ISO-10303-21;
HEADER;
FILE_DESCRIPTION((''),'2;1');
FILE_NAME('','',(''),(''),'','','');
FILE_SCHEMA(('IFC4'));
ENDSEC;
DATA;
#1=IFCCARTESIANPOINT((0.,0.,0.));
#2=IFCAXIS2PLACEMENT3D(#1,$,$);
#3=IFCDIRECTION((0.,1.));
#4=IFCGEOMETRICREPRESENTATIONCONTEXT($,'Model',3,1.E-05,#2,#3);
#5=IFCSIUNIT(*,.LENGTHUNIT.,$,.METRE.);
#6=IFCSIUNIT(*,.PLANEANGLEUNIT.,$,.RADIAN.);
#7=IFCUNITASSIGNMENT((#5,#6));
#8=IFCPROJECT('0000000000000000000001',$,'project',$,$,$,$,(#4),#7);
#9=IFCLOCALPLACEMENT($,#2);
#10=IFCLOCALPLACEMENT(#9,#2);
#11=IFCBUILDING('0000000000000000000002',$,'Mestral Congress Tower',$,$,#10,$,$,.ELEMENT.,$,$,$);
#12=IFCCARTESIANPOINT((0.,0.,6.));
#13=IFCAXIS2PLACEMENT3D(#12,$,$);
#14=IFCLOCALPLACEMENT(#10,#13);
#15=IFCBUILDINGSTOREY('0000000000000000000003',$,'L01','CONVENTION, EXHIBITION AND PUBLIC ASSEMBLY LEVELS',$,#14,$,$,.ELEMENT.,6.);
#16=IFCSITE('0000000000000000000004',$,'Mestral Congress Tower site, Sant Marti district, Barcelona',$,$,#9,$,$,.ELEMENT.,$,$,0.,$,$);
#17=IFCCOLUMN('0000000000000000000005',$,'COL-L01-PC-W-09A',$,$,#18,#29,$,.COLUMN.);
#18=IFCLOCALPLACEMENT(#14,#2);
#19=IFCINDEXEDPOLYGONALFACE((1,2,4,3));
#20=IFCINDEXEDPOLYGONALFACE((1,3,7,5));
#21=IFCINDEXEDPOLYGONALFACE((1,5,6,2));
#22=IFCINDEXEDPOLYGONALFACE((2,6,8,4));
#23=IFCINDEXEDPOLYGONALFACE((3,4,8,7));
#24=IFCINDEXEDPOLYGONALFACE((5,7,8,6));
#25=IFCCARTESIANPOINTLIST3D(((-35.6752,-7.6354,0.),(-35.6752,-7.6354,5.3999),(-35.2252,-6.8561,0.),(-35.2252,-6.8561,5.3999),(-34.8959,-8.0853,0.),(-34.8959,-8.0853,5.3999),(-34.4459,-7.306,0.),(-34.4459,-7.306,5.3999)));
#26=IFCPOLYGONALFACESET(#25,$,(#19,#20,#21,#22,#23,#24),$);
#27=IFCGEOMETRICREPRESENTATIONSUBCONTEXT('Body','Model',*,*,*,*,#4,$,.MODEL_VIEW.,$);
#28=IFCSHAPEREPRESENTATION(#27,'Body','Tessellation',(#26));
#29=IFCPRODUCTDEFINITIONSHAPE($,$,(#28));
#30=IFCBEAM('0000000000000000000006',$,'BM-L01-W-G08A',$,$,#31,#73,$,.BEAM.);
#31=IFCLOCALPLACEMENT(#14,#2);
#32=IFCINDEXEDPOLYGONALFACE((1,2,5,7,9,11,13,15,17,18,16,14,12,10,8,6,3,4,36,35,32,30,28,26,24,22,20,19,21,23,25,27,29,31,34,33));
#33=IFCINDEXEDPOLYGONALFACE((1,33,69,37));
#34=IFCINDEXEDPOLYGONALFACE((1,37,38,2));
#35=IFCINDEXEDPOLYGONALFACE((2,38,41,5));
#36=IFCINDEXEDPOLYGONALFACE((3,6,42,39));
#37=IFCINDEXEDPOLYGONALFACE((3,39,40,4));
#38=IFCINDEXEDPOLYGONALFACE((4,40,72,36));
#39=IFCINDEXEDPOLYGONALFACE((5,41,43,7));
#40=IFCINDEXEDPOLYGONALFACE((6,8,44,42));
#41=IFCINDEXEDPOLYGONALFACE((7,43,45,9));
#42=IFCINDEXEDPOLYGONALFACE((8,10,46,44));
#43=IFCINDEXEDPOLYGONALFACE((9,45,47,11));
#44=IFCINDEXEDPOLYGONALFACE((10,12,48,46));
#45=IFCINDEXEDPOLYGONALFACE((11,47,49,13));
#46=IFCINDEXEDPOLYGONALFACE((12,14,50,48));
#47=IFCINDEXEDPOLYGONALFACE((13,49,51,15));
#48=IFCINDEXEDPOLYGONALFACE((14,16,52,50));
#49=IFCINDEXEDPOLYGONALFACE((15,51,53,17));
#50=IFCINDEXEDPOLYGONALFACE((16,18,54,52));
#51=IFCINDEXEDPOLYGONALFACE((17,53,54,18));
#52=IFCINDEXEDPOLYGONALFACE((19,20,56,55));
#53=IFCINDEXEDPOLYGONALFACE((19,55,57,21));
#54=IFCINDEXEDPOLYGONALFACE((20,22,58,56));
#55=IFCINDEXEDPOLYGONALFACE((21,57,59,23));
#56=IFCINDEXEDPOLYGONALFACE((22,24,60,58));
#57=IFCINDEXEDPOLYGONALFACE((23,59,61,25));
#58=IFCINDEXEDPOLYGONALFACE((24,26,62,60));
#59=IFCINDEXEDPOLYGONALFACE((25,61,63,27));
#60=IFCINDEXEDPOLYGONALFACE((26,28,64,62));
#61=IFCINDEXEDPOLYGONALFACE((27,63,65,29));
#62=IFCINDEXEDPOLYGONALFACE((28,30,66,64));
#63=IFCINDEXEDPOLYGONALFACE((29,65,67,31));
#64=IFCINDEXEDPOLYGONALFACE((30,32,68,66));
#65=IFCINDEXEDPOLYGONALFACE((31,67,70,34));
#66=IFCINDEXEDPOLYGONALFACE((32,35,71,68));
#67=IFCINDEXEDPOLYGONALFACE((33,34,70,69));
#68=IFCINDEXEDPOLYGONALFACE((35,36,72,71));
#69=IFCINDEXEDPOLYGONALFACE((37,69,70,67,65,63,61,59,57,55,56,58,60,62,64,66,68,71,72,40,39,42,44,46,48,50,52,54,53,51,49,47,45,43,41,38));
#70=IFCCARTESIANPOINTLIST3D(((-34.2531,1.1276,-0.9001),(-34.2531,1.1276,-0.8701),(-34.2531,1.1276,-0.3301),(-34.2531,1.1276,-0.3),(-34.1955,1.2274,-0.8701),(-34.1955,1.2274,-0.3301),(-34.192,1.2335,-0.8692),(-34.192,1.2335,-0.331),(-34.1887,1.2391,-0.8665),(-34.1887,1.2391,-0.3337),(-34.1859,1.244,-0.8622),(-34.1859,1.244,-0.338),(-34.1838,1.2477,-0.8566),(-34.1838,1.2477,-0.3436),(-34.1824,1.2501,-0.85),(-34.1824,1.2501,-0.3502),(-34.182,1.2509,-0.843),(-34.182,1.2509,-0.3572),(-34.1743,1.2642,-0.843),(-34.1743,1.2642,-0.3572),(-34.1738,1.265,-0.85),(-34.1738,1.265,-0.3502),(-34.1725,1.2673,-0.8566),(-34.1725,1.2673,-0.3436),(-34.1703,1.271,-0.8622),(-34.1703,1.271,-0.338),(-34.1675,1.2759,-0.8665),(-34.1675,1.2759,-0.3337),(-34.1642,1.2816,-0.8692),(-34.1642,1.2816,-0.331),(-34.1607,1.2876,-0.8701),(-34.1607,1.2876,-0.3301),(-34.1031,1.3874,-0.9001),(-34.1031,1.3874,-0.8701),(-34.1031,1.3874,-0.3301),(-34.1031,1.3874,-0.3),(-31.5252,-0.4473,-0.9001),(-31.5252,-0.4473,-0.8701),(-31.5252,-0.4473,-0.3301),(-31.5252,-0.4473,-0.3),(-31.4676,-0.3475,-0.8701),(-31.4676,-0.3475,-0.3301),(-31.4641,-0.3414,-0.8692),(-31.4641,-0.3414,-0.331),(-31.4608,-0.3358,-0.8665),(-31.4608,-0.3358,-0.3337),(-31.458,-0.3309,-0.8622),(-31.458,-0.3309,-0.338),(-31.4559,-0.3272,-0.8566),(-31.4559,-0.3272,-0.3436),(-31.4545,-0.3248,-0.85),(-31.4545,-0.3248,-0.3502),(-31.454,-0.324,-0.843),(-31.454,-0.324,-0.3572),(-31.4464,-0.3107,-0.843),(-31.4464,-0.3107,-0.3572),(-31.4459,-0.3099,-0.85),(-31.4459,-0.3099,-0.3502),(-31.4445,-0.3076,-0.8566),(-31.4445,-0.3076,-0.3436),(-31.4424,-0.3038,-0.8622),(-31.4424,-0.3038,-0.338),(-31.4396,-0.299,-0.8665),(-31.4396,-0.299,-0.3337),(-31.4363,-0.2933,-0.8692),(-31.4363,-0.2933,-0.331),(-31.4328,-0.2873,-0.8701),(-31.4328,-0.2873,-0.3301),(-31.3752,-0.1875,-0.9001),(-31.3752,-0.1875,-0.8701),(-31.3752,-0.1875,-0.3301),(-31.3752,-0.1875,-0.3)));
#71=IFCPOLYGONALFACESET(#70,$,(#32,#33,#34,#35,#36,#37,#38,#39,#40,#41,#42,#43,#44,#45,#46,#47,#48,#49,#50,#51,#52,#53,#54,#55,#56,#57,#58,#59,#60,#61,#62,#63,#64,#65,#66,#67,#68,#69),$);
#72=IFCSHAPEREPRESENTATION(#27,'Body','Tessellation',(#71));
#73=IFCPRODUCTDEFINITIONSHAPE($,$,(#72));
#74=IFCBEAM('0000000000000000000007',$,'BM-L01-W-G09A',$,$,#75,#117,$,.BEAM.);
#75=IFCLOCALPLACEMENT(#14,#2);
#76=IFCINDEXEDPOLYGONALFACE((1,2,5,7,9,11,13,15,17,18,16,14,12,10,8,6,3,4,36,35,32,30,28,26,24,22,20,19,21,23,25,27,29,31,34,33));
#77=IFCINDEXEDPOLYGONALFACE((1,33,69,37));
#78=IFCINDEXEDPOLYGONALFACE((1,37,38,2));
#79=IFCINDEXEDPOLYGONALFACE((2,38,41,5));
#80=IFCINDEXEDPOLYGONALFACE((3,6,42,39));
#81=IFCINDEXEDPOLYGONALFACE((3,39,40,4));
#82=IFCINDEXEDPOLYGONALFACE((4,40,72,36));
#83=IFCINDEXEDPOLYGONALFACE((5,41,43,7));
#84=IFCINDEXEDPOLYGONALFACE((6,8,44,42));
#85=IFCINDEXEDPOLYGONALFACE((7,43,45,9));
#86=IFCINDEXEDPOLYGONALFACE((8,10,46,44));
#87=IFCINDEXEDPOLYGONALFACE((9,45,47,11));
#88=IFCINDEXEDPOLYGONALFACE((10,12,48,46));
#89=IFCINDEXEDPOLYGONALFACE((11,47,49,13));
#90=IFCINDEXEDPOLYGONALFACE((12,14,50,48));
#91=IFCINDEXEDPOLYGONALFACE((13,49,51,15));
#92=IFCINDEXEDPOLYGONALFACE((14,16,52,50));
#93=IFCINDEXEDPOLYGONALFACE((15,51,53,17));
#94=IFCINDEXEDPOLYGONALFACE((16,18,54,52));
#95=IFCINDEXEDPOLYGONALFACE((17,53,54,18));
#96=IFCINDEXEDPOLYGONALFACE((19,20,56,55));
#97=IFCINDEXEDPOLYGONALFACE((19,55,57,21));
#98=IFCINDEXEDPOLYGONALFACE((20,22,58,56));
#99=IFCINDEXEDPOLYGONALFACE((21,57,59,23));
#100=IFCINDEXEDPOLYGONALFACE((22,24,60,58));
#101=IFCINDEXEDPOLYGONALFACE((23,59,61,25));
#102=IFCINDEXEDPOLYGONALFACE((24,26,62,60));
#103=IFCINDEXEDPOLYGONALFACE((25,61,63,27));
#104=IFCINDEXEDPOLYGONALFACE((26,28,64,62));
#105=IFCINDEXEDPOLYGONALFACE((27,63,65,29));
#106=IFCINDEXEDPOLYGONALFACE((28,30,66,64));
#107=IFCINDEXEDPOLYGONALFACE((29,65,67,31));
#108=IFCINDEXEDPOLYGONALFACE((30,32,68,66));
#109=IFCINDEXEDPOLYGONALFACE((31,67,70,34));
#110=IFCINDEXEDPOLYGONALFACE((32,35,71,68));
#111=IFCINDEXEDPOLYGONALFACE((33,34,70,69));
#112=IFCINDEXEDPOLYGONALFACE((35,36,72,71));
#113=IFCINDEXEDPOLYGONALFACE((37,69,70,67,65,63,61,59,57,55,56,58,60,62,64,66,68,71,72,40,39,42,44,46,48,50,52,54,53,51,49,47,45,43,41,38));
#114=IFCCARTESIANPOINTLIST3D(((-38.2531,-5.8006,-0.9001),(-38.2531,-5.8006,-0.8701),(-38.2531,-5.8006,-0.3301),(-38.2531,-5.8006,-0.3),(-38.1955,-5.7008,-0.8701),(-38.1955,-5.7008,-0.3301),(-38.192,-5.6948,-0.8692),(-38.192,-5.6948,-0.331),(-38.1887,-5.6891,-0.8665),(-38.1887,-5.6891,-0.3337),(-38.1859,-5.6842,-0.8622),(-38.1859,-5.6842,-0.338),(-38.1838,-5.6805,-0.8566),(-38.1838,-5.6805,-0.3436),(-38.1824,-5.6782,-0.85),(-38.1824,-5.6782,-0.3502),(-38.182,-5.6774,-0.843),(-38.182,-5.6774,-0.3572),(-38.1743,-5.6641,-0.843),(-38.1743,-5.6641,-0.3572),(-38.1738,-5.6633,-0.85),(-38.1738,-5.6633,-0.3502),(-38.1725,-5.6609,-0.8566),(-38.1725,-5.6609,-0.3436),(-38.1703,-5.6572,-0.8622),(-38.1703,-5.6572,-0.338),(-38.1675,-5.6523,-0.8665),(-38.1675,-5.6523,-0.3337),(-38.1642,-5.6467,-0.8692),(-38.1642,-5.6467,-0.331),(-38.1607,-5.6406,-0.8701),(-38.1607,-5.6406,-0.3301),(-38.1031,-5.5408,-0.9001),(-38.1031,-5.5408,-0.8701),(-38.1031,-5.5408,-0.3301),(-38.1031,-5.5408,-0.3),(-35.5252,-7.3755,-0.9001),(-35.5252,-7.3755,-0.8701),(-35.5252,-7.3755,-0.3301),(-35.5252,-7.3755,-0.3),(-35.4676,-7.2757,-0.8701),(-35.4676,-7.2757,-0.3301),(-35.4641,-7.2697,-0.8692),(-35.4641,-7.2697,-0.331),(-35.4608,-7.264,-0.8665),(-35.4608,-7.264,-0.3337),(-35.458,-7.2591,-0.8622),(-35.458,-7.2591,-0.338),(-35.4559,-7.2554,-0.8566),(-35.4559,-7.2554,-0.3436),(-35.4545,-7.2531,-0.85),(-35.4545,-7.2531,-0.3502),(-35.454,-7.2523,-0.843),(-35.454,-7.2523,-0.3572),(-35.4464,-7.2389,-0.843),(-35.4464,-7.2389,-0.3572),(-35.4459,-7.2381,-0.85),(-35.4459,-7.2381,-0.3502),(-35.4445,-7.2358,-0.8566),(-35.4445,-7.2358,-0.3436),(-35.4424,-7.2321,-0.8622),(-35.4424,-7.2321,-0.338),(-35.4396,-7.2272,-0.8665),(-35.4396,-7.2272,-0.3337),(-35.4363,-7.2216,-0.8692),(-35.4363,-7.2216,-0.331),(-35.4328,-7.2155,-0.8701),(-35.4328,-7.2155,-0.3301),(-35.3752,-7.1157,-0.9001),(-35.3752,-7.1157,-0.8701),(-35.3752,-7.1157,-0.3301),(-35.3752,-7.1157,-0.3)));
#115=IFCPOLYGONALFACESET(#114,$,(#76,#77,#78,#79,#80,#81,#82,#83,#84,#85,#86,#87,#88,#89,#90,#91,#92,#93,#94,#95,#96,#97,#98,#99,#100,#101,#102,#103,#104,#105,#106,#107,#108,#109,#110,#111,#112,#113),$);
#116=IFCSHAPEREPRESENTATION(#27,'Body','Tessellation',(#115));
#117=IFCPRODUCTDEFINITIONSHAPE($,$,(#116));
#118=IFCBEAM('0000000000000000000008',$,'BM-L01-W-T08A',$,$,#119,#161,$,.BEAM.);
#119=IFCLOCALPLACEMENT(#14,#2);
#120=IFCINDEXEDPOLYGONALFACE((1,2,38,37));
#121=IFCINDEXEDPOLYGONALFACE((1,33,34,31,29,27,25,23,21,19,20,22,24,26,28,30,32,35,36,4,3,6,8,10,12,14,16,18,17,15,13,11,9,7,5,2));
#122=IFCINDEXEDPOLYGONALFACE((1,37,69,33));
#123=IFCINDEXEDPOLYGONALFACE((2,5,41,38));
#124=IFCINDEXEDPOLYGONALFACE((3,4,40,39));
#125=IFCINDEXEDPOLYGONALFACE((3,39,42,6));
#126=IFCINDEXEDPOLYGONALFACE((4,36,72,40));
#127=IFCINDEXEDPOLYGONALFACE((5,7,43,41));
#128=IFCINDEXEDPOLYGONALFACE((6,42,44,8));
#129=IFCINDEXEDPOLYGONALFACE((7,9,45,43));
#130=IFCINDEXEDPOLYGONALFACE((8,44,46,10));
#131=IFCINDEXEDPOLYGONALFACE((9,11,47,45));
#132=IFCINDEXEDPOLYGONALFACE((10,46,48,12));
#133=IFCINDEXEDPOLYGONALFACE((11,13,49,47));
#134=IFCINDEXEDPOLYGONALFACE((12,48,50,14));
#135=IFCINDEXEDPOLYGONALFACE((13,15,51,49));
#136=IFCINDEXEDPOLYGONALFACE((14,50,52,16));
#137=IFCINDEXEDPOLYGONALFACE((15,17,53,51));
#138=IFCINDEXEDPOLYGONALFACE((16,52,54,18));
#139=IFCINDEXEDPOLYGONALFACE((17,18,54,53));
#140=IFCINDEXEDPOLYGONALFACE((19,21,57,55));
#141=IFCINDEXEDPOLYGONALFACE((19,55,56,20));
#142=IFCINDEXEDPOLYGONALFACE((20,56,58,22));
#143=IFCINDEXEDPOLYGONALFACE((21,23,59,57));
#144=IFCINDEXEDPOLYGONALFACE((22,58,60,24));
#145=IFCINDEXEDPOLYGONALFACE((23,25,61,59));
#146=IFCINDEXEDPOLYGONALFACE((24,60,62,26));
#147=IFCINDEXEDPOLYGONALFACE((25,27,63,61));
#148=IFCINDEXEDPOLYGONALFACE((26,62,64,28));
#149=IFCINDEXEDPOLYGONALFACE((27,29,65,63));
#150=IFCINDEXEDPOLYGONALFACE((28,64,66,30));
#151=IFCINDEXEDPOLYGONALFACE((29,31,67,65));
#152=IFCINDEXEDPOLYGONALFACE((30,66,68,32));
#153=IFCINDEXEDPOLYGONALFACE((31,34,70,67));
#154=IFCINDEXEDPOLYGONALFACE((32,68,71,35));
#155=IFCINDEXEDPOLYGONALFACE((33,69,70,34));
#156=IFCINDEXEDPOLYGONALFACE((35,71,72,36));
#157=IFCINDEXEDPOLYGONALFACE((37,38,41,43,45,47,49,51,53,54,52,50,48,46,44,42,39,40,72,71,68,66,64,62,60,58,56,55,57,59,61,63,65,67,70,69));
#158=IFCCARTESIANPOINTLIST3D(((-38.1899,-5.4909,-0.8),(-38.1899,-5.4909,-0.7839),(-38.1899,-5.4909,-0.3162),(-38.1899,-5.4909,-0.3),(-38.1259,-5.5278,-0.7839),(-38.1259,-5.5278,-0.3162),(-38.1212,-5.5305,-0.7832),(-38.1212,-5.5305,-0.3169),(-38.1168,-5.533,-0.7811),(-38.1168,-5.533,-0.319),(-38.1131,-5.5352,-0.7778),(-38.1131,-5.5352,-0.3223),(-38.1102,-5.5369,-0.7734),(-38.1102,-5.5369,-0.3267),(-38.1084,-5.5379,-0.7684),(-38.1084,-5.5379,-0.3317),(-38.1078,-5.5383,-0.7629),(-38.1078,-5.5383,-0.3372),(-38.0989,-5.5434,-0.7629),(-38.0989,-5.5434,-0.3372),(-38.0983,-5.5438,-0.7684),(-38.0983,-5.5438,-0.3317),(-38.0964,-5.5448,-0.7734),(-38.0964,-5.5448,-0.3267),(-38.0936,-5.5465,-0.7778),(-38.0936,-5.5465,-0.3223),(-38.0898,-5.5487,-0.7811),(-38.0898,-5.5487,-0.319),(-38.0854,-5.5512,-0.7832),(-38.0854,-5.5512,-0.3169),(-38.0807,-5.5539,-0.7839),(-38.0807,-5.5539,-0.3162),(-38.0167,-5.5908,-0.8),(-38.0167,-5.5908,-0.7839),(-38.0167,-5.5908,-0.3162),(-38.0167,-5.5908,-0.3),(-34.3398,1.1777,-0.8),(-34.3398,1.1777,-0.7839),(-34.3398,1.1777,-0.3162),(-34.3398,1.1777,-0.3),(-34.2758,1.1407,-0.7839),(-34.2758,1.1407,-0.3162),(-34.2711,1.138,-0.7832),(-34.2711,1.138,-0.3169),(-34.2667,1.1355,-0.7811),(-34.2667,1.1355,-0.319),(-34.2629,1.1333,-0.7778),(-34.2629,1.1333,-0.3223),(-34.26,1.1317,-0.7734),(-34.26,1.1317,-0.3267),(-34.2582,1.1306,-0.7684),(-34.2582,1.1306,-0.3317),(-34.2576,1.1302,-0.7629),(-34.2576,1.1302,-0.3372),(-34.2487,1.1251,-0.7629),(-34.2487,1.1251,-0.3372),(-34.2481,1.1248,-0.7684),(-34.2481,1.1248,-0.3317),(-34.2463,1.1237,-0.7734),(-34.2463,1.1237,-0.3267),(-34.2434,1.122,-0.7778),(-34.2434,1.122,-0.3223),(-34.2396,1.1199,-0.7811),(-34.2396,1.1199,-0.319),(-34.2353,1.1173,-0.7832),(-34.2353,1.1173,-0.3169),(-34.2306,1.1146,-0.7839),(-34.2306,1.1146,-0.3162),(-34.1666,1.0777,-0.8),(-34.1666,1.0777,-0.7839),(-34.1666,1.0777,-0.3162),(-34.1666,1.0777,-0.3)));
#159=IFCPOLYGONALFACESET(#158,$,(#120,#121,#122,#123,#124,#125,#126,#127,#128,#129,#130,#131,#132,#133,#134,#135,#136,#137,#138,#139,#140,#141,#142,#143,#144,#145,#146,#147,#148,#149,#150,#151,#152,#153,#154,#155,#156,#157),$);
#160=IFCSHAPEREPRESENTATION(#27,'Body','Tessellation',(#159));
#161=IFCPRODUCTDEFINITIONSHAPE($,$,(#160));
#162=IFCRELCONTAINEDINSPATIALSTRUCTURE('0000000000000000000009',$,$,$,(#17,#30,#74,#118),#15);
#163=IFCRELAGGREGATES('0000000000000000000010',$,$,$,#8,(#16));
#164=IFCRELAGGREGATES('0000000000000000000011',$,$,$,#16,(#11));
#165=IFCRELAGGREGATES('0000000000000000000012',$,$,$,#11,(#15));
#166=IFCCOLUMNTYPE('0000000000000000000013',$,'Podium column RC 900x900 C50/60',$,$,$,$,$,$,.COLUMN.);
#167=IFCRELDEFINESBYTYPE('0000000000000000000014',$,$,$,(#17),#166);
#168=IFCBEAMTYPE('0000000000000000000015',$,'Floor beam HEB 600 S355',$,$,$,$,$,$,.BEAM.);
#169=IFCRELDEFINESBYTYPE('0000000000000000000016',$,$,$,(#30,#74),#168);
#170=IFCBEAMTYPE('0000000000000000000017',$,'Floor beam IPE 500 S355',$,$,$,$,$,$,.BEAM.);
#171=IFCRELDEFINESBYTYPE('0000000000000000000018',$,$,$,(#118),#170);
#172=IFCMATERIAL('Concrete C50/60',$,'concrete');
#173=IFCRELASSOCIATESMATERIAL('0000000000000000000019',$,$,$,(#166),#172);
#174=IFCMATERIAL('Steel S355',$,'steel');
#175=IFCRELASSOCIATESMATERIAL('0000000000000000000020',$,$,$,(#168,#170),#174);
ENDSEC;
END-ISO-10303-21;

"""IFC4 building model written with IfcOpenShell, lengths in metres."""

from ifc_helpers import new_model, si_unit, direction, frame, origin, origin_2d, place, context, subcontext, project, spatial, rectangle, i_section, extrude, material, material_profile, profile_set, type_object, element, save


model = new_model("IFC4")

# Units and contexts
model_context = context("Model", 3, precision=1e-05, world=origin(), true_north=direction((0.0, 1.0)))
body_context = subcontext(model_context, "Body", "Model", "MODEL_VIEW")
ifc_project = project(units=[si_unit("LENGTHUNIT", "METRE"), si_unit("PLANEANGLEUNIT", "RADIAN")], contexts=[model_context])

# Site, building, storey
site_placement = place(None, origin())
site = spatial("IfcSite", under=ifc_project, at=site_placement, Name="Mestral Congress Tower site, Sant Marti district, Barcelona", CompositionType="ELEMENT", RefElevation=0.0)
building_placement = place(site_placement, origin())
building = spatial("IfcBuilding", under=site, at=building_placement, Name="Mestral Congress Tower", CompositionType="ELEMENT")
storey_placement = place(building_placement, frame((0.0, 0.0, 6.0)))
storey = spatial("IfcBuildingStorey", under=building, at=storey_placement, Name="L01", Description="CONVENTION, EXHIBITION AND PUBLIC ASSEMBLY LEVELS", CompositionType="ELEMENT", Elevation=6.0)

# Column
ifc_material_1 = material(Name="Concrete C50/60", Category="concrete")
ifc_material_profile_1 = material_profile(ifc_material_1, rectangle(XDim=0.8999, YDim=0.8999, at=origin_2d()), Name="RC 900x900")
ifc_profile_set_1 = profile_set([ifc_material_profile_1], Name="Concrete C50/60")
column_type = type_object("IfcColumnType", Name="Podium column RC 900x900 C50/60", PredefinedType="COLUMN", material=ifc_profile_set_1)
column_placement = place(storey_placement, frame((-35.0605, -7.4707, 0.0), z_axis=(0.0, 0.0, 1.0), x_axis=(-0.5, -0.866025, 0.0)))
element("IfcColumn", 1, at=column_placement, inside=storey, type_object=column_type, Name="COL-L01-PC-W-09A", PredefinedType="COLUMN", context=body_context, shape_type="SweptSolid", body=[
    extrude(rectangle(XDim=0.8999, YDim=0.8999, at=origin_2d()), origin(), (0.0, 0.0, 1.0), 5.3999),
])

# Beams
ifc_material_2 = material(Name="Steel S355", Category="steel")
ifc_material_profile_2 = material_profile(ifc_material_2, i_section(OverallWidth=0.3, OverallDepth=0.6001, WebThickness=0.0154, FlangeThickness=0.03, FilletRadius=0.0271, at=origin_2d()), Name="HEB 600")
ifc_profile_set_2 = profile_set([ifc_material_profile_2], Name="Steel S355")
beam_type_1 = type_object("IfcBeamType", Name="Floor beam HEB 600 S355", PredefinedType="BEAM", material=ifc_profile_set_2)
for number, where, z_axis, x_axis, name in (
    (2, (-31.4502, -0.3174, -0.6001), (-0.866036, 0.499982, 0.0), (-0.499982, -0.866036, 0.0), "BM-L01-W-G08A"),
    (3, (-35.4502, -7.2456, -0.6001), (-0.866036, 0.499982, 0.0), (-0.499982, -0.866036, 0.0), "BM-L01-W-G09A"),
):
    element("IfcBeam", number, at=place(storey_placement, frame(where, z_axis=z_axis, x_axis=x_axis)), inside=storey, type_object=beam_type_1, Name=name, PredefinedType="BEAM", context=body_context, shape_type="SweptSolid", body=[
        extrude(i_section(OverallWidth=0.3, OverallDepth=0.6001, WebThickness=0.0154, FlangeThickness=0.03, FilletRadius=0.0271, at=origin_2d()), origin(), (0.0, 0.0, 1.0), 3.1499),
    ])
ifc_material_profile_3 = material_profile(ifc_material_2, i_section(OverallWidth=0.2, OverallDepth=0.5, WebThickness=0.0103, FlangeThickness=0.0161, FilletRadius=0.021, at=origin_2d()), Name="IPE 500")
ifc_profile_set_3 = profile_set([ifc_material_profile_3], Name="Steel S355")
beam_type_2 = type_object("IfcBeamType", Name="Floor beam IPE 500 S355", PredefinedType="BEAM", material=ifc_profile_set_3)
for number, where, z_axis, x_axis, name in (
    (4, (-34.2532, 1.1277, -0.55), (-0.500006, -0.866022, 0.0), (0.866022, -0.500006, 0.0), "BM-L01-W-T08A"),
):
    element("IfcBeam", number, at=place(storey_placement, frame(where, z_axis=z_axis, x_axis=x_axis)), inside=storey, type_object=beam_type_2, Name=name, PredefinedType="BEAM", context=body_context, shape_type="SweptSolid", body=[
        extrude(i_section(OverallWidth=0.2, OverallDepth=0.5, WebThickness=0.0103, FlangeThickness=0.0161, FilletRadius=0.021, at=origin_2d()), origin(), (0.0, 0.0, 1.0), 7.7002),
    ])

save(model, "model.ifc")
